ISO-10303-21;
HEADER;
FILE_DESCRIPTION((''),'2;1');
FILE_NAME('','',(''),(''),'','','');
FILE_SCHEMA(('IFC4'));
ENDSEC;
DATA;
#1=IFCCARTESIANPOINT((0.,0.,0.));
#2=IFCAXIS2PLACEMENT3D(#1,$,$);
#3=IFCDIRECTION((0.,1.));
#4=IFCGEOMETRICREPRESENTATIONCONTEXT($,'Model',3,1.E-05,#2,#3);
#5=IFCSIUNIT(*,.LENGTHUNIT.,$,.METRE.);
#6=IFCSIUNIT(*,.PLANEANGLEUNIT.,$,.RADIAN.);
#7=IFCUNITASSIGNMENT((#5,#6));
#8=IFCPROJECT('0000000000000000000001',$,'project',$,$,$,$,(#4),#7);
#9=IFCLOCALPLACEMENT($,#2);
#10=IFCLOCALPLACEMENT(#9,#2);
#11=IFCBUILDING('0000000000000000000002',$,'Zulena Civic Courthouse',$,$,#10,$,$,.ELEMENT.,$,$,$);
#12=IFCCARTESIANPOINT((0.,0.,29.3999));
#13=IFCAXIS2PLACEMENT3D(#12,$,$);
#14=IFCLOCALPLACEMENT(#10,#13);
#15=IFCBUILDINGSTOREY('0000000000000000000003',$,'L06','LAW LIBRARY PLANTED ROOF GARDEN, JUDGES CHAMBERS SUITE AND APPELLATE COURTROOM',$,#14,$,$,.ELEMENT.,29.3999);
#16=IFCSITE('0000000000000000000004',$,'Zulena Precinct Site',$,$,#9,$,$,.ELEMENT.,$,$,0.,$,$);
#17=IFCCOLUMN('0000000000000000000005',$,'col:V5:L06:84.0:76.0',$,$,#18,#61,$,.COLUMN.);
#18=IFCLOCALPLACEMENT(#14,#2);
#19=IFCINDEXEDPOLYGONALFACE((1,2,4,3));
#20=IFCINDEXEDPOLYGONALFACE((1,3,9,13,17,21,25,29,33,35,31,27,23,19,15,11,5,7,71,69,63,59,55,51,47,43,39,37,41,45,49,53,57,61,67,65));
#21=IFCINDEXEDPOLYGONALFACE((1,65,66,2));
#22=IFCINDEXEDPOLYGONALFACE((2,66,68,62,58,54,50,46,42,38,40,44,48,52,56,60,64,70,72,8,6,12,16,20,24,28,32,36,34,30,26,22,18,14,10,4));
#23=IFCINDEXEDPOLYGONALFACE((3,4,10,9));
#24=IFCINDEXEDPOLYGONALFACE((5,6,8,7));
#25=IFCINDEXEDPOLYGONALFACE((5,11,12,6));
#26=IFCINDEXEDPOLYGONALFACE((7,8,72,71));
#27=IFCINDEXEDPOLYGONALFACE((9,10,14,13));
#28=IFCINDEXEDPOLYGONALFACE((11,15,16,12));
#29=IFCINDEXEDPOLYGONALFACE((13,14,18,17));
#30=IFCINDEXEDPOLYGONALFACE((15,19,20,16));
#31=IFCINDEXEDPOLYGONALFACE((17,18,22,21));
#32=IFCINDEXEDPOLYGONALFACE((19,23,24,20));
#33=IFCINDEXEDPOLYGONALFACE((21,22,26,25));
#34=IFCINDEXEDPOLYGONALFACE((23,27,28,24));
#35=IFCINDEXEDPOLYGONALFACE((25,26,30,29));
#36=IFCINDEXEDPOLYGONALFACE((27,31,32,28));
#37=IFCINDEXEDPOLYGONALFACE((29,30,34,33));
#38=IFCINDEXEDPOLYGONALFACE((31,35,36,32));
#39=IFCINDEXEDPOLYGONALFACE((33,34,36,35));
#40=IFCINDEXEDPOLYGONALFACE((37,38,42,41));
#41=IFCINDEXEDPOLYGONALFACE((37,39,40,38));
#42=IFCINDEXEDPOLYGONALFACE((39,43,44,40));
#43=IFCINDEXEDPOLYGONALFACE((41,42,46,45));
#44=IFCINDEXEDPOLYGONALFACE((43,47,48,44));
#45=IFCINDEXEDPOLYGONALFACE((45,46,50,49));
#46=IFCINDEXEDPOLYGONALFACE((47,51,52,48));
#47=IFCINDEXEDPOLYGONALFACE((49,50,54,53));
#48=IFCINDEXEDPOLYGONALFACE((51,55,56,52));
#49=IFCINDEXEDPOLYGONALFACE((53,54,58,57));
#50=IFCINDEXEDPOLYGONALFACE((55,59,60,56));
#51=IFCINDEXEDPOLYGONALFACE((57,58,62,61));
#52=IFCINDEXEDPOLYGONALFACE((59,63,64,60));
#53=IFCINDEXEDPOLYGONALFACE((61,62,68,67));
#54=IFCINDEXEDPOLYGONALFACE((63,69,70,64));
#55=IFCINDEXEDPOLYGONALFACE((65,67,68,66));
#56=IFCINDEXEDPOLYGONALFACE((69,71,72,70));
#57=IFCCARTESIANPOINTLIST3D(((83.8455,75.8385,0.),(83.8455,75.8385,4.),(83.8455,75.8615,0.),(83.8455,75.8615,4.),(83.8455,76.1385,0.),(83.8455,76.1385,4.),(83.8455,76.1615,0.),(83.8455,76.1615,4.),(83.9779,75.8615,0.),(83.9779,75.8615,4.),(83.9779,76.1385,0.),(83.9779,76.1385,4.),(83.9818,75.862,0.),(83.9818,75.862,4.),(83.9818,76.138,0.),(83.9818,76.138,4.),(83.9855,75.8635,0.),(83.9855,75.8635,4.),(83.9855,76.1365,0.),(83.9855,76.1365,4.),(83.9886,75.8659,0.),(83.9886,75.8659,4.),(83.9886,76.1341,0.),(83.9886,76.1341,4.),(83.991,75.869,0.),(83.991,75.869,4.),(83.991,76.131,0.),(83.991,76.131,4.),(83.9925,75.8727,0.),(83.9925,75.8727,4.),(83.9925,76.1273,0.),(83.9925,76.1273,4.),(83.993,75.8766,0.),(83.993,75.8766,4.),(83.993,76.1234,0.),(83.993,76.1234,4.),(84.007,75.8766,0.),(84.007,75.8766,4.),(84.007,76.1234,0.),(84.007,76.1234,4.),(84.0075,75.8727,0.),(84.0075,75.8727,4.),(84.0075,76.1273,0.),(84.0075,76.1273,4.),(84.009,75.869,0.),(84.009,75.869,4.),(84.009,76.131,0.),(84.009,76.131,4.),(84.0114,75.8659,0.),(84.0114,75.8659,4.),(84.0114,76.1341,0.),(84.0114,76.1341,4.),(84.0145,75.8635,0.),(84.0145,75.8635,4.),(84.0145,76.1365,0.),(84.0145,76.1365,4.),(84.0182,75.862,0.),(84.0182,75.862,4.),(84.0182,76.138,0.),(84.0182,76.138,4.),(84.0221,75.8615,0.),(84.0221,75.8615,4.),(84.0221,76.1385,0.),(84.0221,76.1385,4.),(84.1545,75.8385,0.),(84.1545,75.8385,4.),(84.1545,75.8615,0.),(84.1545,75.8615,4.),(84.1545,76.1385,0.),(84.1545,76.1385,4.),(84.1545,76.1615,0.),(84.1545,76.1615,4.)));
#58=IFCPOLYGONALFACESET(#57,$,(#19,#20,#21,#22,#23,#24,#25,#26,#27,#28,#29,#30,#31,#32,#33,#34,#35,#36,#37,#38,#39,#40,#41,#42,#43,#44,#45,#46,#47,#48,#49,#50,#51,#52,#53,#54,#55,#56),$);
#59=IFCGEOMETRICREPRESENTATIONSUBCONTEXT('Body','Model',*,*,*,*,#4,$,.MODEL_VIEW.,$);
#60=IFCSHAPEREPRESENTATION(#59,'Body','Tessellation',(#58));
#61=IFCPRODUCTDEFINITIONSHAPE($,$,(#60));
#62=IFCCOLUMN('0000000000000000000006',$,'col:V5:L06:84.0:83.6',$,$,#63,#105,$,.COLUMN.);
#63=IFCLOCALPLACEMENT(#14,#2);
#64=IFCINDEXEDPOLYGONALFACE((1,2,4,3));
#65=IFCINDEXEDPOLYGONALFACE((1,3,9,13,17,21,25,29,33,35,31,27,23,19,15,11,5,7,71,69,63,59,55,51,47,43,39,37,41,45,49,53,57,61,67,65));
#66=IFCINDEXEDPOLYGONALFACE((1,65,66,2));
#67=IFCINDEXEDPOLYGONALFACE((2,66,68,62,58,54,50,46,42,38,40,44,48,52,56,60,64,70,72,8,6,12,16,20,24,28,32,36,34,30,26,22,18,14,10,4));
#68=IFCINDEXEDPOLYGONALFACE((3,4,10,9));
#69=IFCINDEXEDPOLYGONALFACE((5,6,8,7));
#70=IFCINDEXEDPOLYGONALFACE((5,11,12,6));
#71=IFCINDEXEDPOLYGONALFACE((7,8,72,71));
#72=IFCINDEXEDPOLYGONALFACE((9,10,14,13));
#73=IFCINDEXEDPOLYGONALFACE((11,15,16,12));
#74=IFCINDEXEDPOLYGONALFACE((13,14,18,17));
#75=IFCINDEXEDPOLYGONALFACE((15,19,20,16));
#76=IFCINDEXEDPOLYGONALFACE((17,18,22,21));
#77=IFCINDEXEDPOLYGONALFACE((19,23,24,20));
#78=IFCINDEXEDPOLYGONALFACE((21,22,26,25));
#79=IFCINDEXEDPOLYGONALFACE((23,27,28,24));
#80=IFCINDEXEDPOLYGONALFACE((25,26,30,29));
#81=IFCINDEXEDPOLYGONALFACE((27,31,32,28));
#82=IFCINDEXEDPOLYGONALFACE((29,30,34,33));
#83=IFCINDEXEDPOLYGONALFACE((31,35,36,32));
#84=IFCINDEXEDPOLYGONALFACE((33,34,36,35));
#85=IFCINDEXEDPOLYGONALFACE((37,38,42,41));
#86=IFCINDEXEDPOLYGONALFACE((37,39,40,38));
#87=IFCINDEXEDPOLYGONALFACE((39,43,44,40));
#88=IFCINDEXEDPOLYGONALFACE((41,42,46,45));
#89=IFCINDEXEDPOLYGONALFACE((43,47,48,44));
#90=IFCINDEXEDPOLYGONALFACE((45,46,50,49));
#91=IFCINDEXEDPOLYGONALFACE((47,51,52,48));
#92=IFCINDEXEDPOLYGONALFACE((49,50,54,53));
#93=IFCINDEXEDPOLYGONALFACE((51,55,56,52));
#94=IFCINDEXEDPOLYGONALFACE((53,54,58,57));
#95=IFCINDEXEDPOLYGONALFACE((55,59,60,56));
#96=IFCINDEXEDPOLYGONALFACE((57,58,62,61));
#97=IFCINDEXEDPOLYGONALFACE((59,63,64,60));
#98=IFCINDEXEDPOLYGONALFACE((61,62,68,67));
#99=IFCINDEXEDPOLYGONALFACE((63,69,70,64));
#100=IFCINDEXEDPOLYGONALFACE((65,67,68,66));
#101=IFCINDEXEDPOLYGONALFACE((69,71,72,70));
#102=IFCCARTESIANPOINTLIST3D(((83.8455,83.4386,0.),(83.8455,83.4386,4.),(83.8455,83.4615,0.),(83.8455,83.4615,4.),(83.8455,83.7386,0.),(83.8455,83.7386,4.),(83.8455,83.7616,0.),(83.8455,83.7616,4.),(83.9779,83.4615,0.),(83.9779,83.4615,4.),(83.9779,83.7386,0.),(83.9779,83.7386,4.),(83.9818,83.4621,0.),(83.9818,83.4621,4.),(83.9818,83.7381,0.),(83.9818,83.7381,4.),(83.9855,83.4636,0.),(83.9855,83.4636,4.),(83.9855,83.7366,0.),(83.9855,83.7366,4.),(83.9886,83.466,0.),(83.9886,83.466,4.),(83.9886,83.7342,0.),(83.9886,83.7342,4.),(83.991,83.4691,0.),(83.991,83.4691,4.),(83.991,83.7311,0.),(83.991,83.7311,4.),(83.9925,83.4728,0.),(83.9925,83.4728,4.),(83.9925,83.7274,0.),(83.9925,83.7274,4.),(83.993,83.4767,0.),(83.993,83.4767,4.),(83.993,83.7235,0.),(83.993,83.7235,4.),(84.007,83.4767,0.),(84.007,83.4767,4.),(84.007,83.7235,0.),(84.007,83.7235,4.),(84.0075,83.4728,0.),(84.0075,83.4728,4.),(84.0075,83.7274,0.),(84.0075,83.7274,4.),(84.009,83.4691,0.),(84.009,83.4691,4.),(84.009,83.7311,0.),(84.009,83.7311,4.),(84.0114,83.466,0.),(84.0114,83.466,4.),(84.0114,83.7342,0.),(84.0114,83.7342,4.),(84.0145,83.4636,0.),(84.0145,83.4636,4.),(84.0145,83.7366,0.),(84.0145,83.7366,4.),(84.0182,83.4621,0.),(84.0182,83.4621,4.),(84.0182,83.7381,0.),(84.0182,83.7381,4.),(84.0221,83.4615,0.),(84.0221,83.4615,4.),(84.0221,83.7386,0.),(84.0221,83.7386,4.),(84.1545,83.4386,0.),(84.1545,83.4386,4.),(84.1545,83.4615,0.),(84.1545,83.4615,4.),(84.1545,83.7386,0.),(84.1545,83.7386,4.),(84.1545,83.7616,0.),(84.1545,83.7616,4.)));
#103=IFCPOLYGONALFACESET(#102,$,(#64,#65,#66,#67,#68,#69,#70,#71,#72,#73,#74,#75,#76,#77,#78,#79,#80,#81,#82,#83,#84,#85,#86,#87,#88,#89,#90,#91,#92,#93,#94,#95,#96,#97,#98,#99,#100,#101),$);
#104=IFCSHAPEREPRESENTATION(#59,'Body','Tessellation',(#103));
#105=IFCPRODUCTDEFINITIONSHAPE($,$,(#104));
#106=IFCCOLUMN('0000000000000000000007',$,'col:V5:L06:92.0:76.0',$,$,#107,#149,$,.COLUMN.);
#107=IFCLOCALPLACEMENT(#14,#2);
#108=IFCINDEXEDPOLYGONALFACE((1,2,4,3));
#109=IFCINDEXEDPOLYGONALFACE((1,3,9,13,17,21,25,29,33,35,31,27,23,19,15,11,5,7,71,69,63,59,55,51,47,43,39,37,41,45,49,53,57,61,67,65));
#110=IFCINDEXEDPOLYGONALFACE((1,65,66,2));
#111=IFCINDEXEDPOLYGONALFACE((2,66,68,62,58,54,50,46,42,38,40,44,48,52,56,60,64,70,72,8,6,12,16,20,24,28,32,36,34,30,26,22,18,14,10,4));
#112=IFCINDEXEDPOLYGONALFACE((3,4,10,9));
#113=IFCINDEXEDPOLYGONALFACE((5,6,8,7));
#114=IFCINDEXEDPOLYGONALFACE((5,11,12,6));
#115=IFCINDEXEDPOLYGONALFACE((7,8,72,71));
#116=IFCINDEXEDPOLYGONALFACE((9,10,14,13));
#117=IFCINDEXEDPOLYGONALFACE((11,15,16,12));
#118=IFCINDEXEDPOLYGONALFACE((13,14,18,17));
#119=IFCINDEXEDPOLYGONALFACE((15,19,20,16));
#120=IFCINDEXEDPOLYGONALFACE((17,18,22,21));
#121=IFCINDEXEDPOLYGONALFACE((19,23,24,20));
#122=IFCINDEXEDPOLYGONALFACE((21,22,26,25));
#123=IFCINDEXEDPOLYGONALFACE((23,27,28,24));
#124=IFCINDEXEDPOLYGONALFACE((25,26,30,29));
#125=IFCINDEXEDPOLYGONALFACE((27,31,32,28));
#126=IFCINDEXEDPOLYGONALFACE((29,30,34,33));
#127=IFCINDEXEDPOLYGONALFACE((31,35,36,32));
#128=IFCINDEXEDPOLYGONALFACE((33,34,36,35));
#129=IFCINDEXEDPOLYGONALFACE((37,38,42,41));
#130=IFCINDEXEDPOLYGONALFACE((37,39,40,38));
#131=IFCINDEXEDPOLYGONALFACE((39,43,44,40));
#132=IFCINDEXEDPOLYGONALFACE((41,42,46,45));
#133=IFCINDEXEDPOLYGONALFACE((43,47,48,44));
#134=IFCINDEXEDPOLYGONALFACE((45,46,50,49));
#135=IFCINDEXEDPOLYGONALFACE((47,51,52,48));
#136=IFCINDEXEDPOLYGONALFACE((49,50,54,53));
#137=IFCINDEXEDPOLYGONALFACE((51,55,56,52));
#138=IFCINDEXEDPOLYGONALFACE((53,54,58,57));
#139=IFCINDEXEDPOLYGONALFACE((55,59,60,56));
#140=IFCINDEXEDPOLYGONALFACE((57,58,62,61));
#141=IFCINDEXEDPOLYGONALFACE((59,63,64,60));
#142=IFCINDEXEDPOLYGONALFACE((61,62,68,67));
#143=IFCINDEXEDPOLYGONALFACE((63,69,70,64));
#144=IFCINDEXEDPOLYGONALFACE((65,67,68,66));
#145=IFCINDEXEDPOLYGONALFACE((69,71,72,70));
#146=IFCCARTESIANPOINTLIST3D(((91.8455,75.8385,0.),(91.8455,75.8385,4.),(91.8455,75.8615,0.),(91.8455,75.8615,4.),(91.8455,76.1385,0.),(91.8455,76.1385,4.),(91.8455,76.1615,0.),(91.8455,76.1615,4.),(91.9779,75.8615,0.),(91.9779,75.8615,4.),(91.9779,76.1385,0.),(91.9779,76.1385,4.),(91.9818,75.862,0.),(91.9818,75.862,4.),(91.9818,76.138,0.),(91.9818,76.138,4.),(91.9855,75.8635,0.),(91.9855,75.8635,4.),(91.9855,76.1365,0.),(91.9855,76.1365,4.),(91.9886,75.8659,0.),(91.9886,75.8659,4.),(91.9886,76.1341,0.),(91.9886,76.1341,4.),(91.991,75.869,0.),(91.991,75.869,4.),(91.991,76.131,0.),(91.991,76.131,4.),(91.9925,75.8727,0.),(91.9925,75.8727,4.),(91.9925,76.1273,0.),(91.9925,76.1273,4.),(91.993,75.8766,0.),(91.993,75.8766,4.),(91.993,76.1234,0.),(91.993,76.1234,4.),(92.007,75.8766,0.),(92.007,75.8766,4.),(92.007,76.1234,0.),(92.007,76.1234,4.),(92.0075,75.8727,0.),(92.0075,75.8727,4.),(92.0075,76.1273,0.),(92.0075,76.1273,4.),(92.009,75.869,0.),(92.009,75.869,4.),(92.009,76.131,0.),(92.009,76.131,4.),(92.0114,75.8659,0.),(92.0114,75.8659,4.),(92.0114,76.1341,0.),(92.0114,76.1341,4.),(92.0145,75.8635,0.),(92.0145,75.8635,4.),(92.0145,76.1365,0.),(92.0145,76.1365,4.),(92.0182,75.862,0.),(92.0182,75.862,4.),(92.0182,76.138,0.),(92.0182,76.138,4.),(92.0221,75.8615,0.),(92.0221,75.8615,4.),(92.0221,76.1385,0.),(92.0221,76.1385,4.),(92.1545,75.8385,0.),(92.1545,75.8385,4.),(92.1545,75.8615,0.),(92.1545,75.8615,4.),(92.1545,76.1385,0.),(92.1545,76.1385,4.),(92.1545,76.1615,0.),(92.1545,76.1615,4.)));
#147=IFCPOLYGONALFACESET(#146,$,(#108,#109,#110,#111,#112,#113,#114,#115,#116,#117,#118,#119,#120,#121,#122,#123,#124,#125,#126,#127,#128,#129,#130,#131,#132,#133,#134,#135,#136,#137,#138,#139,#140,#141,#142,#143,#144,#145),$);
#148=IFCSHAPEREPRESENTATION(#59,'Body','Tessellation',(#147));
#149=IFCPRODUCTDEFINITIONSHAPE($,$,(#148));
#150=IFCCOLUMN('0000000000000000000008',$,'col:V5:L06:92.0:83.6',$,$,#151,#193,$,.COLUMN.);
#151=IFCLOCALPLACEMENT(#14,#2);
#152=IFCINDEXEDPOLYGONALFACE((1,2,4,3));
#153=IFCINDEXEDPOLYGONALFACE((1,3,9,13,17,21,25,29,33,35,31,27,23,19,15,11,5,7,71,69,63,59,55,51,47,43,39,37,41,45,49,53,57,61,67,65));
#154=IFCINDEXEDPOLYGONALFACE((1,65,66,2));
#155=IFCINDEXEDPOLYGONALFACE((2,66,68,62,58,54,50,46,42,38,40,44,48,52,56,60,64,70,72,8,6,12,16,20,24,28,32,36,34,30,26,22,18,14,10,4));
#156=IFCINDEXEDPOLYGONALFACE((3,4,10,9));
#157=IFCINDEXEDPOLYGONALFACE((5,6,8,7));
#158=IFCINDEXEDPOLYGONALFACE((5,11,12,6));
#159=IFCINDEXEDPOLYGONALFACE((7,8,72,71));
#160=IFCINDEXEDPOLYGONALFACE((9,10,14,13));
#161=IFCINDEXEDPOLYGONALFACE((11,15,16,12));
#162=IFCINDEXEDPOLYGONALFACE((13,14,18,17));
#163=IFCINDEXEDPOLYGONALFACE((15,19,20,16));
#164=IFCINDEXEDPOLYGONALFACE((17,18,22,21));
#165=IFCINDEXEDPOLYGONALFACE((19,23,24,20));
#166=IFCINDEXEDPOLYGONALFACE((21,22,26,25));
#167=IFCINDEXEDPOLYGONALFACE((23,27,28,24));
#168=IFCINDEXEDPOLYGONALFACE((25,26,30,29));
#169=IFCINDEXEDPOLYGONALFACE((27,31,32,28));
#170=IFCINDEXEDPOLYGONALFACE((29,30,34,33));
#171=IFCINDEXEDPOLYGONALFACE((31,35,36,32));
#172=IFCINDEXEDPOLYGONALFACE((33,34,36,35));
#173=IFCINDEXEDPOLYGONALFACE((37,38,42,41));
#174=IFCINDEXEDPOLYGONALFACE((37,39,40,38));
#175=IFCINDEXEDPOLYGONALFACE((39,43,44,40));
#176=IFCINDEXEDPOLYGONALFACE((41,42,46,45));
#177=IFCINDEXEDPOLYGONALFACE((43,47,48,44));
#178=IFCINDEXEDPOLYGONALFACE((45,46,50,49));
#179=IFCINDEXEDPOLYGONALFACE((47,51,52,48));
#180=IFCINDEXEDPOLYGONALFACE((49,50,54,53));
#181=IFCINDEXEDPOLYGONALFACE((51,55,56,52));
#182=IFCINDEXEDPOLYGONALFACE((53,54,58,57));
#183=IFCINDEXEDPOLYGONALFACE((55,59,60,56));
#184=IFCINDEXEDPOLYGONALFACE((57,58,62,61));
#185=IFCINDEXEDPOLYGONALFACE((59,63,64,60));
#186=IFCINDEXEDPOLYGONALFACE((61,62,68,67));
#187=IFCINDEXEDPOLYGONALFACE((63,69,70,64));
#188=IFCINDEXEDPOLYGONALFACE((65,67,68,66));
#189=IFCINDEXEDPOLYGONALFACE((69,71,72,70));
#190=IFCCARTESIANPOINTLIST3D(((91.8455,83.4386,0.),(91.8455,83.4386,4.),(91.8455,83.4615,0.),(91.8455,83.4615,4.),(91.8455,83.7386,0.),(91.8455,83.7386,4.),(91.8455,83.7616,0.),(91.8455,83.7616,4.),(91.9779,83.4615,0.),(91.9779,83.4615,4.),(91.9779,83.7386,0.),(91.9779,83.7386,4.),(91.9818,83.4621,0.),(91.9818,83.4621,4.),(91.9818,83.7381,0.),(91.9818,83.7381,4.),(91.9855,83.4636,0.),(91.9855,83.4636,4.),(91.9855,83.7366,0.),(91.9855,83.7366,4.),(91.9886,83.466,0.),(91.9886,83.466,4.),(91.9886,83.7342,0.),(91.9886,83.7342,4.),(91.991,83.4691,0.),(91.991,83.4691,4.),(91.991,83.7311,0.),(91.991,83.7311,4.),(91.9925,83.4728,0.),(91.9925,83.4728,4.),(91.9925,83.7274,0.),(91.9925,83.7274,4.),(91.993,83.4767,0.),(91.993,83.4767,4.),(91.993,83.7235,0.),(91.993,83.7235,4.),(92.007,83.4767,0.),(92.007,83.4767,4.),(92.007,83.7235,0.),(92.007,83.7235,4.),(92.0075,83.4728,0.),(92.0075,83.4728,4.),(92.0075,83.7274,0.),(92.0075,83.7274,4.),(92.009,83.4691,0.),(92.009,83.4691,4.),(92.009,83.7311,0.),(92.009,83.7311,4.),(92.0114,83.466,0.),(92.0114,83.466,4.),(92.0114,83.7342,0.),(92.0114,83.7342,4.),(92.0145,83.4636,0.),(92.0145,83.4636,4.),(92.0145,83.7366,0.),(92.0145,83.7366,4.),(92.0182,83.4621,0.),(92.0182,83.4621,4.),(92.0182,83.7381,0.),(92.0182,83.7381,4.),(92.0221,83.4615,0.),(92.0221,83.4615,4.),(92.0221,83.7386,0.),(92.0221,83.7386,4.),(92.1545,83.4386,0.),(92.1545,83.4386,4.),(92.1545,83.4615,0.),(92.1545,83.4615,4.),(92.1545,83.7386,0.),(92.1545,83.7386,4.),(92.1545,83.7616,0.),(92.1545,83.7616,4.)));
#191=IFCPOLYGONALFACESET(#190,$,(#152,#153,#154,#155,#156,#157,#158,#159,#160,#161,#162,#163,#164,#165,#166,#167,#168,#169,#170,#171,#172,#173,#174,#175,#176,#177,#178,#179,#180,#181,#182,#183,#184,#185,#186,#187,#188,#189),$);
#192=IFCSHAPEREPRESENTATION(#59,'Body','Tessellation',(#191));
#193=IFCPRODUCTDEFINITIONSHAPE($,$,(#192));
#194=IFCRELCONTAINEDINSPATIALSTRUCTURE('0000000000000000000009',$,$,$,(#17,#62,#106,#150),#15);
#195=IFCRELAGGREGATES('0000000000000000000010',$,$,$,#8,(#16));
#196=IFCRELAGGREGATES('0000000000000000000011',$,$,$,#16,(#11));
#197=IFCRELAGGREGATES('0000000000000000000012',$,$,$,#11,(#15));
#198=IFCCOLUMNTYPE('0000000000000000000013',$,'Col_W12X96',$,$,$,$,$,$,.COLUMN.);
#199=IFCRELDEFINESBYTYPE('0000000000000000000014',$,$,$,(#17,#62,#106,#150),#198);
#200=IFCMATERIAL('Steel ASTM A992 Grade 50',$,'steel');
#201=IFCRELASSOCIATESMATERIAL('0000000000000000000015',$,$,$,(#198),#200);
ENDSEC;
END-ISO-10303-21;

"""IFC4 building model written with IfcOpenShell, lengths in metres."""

from ifc_helpers import new_model, si_unit, direction, frame, origin, origin_2d, place, context, subcontext, project, spatial, i_section, extrude, material, material_profile, profile_set, type_object, element, save


model = new_model("IFC4")

# Units and contexts
model_context = context("Model", 3, precision=1e-05, world=origin(), true_north=direction((0.0, 1.0)))
body_context = subcontext(model_context, "Body", "Model", "MODEL_VIEW")
ifc_project = project(units=[si_unit("LENGTHUNIT", "METRE"), si_unit("PLANEANGLEUNIT", "RADIAN")], contexts=[model_context])

# Site, building, storey
site_placement = place(None, origin())
site = spatial("IfcSite", under=ifc_project, at=site_placement, Name="Zulena Precinct Site", CompositionType="ELEMENT", RefElevation=0.0)
building_placement = place(site_placement, origin())
building = spatial("IfcBuilding", under=site, at=building_placement, Name="Zulena Civic Courthouse", CompositionType="ELEMENT")
storey_placement = place(building_placement, frame((0.0, 0.0, 29.3999)))
storey = spatial("IfcBuildingStorey", under=building, at=storey_placement, Name="L06", Description="LAW LIBRARY PLANTED ROOF GARDEN, JUDGES CHAMBERS SUITE AND APPELLATE COURTROOM", CompositionType="ELEMENT", Elevation=29.3999)

# Columns
ifc_material_1 = material(Name="Steel ASTM A992 Grade 50", Category="steel")
ifc_material_profile_1 = material_profile(ifc_material_1, i_section(OverallWidth=0.3091, OverallDepth=0.323, WebThickness=0.0139, FlangeThickness=0.0229, FilletRadius=0.0151, at=origin_2d()), Name="W12X96")
ifc_profile_set_1 = profile_set([ifc_material_profile_1], Name="Steel ASTM A992 Grade 50")
column_type_1 = type_object("IfcColumnType", Name="Col_W12X96", PredefinedType="COLUMN", material=ifc_profile_set_1)
for number, where, z_axis, x_axis, name in (
    (1, (84.0, 76.0, 0.0), (0.0, 0.0, 1.0), (1.0, 0.0, 0.0), "col:V5:L06:84.0:76.0"),
    (2, (84.0, 83.6001, 0.0), (0.0, 0.0, 1.0), (1.0, 0.0, 0.0), "col:V5:L06:84.0:83.6"),
    (3, (92.0, 76.0, 0.0), (0.0, 0.0, 1.0), (1.0, 0.0, 0.0), "col:V5:L06:92.0:76.0"),
    (4, (92.0, 83.6001, 0.0), (0.0, 0.0, 1.0), (1.0, 0.0, 0.0), "col:V5:L06:92.0:83.6"),
):
    element("IfcColumn", number, at=place(storey_placement, frame(where, z_axis=z_axis, x_axis=x_axis)), inside=storey, type_object=column_type_1, Name=name, PredefinedType="COLUMN", context=body_context, shape_type="SweptSolid", body=[
        extrude(i_section(OverallWidth=0.3091, OverallDepth=0.323, WebThickness=0.0139, FlangeThickness=0.0229, FilletRadius=0.0151, at=origin_2d()), origin(), (0.0, 0.0, 1.0), 4.0),
    ])

save(model, "model.ifc")
